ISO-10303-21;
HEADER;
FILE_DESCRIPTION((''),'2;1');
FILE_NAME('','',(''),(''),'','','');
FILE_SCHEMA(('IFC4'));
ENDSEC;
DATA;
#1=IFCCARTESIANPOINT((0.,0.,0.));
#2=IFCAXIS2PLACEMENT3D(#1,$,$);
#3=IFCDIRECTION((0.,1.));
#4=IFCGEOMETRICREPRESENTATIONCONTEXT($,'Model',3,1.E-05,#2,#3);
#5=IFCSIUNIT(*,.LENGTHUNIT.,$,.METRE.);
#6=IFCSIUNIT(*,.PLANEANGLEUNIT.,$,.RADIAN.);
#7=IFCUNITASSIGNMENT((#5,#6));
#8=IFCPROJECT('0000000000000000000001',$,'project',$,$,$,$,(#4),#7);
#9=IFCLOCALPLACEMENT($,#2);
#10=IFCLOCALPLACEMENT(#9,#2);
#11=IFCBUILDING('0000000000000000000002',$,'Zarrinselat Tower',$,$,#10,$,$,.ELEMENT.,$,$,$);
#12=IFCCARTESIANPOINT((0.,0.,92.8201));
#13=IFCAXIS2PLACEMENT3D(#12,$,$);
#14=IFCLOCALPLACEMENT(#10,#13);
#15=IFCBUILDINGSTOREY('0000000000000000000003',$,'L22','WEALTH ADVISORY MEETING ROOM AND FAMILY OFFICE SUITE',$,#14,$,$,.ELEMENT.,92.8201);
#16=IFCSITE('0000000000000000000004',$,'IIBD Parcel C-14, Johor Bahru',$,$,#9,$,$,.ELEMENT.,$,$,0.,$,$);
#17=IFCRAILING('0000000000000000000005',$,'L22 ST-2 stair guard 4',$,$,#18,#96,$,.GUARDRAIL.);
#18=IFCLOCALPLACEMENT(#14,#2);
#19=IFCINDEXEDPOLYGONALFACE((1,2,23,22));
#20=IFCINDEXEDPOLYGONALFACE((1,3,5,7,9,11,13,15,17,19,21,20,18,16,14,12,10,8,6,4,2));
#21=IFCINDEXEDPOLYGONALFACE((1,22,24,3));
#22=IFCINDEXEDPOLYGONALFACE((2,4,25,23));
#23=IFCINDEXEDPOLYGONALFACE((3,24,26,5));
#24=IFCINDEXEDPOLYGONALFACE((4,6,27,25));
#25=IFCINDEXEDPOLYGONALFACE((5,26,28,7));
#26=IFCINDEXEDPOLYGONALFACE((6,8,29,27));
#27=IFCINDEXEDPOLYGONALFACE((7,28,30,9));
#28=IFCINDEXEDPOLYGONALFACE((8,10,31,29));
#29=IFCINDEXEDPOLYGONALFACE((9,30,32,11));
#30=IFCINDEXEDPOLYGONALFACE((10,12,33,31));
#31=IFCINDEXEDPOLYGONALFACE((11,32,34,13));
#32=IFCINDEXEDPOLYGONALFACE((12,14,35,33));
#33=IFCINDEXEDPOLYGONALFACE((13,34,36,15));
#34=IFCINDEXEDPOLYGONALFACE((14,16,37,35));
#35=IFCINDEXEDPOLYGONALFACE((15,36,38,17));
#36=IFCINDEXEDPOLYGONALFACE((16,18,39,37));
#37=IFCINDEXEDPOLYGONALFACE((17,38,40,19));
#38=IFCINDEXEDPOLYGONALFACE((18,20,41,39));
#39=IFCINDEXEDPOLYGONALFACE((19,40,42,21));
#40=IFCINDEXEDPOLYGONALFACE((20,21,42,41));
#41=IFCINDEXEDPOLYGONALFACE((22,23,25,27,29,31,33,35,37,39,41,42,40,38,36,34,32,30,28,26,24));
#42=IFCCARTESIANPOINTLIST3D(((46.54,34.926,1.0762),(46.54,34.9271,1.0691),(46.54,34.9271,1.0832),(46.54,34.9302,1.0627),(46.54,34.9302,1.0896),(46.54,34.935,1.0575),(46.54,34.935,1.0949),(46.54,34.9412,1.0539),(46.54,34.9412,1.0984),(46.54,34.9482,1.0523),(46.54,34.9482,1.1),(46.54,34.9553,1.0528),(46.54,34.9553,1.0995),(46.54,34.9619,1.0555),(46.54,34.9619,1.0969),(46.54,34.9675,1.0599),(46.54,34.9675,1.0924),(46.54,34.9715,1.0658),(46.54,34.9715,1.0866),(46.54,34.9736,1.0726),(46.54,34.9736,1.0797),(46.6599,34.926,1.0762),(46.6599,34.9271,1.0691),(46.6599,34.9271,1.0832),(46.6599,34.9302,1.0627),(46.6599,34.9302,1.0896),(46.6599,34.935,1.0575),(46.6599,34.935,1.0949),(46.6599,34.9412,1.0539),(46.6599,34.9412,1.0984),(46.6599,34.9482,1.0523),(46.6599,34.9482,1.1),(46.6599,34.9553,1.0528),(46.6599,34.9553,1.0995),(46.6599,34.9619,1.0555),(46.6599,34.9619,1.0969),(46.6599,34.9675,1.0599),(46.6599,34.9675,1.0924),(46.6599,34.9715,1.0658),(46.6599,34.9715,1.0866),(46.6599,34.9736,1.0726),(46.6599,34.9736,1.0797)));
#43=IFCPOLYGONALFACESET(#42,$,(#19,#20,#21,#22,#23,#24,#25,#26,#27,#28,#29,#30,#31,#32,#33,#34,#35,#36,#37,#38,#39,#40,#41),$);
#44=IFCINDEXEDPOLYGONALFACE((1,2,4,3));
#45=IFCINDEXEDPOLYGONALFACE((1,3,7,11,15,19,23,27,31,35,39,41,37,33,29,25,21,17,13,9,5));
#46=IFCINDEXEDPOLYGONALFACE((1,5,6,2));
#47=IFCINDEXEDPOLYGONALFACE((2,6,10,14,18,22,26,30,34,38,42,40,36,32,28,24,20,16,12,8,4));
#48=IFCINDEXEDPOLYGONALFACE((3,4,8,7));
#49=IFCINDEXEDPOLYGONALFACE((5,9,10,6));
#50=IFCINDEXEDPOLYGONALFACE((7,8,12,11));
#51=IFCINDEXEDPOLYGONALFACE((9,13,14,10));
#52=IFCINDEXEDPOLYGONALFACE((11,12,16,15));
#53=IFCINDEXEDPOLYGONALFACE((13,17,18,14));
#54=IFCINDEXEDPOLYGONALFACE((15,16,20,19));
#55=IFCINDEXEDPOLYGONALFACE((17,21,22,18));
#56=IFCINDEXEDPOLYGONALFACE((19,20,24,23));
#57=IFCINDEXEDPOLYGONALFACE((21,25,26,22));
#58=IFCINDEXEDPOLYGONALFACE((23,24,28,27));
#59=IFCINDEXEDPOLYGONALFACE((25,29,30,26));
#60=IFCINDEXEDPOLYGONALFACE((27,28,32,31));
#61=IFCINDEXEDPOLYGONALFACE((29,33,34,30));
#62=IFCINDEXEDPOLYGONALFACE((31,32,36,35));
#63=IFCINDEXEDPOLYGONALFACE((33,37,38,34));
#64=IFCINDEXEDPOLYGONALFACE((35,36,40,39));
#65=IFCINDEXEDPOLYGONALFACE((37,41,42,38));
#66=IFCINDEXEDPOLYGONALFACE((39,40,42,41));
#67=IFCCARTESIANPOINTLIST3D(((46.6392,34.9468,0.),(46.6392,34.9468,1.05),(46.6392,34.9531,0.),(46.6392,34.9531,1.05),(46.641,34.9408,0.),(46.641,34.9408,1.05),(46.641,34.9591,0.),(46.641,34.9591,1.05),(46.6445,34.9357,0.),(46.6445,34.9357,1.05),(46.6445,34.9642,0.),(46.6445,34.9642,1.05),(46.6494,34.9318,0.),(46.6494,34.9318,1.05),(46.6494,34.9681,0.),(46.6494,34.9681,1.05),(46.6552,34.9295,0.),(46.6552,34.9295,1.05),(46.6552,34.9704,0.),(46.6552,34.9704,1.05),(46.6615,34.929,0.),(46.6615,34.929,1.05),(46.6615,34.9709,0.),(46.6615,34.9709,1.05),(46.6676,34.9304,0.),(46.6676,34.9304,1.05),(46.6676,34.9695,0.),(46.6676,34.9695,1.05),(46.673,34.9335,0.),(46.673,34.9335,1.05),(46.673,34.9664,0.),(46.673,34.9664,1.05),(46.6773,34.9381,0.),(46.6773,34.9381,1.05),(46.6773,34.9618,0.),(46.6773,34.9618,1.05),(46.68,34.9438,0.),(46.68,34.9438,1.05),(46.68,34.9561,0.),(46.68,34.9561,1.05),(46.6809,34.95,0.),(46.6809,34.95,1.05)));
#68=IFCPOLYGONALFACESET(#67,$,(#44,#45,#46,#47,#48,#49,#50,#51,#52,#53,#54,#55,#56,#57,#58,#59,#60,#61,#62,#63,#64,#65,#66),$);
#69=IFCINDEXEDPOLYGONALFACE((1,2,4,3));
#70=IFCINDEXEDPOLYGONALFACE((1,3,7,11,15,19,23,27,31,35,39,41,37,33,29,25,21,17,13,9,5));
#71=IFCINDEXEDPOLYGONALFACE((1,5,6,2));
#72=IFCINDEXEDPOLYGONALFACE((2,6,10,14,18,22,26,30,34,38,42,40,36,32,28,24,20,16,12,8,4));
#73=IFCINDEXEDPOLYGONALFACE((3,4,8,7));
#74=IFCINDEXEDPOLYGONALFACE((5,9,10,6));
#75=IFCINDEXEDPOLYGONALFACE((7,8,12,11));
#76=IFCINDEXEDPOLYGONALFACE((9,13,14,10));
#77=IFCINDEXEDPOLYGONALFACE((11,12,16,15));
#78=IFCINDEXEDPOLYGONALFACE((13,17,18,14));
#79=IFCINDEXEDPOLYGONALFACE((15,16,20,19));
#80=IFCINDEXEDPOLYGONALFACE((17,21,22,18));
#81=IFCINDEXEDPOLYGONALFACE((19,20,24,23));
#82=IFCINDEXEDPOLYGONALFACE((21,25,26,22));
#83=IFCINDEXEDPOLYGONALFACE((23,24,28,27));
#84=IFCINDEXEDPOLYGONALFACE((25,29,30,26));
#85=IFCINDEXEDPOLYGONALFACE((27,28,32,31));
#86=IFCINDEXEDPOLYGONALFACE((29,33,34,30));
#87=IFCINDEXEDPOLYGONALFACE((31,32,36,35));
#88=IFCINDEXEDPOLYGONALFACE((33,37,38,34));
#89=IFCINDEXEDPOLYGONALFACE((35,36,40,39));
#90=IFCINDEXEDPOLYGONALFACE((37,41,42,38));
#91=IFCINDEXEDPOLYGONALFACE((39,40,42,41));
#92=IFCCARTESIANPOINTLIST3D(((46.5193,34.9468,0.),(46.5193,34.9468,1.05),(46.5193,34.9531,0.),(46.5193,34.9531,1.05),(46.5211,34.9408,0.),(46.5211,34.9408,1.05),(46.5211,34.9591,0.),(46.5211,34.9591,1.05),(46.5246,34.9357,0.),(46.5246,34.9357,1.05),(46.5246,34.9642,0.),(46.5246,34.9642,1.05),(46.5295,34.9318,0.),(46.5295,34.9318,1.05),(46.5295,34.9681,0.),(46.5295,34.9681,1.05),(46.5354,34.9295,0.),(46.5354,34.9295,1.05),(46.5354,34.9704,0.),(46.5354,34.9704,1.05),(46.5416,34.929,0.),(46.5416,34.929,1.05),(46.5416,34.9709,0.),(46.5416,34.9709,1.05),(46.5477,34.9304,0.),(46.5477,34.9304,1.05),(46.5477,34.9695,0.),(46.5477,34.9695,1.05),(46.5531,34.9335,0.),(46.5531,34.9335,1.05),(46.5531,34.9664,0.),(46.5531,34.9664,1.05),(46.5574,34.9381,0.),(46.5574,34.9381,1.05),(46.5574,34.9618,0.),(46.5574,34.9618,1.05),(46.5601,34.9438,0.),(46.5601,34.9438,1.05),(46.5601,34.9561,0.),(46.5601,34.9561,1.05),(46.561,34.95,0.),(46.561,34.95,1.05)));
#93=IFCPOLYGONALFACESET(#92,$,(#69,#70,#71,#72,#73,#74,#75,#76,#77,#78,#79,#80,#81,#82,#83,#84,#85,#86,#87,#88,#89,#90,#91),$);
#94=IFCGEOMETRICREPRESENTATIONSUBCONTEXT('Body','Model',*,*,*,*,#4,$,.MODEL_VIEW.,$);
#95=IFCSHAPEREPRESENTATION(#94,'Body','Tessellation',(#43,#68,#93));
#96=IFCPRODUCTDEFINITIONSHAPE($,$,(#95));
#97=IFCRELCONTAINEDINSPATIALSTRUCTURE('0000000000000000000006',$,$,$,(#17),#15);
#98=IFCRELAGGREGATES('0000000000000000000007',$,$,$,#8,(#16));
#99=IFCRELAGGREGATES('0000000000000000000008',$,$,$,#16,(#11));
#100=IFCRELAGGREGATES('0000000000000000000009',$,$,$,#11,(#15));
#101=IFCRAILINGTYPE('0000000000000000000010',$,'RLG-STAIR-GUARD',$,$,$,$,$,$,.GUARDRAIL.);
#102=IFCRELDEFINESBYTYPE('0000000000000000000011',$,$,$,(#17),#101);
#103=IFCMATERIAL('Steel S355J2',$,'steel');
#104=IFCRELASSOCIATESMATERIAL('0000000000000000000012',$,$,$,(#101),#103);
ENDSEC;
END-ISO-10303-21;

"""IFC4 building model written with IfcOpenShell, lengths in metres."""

from ifc_helpers import new_model, si_unit, direction, frame, origin, origin_2d, place, context, subcontext, project, spatial, circle, extrude, material, type_object, element, save


model = new_model("IFC4")

# Units and contexts
model_context = context("Model", 3, precision=1e-05, world=origin(), true_north=direction((0.0, 1.0)))
body_context = subcontext(model_context, "Body", "Model", "MODEL_VIEW")
ifc_project = project(units=[si_unit("LENGTHUNIT", "METRE"), si_unit("PLANEANGLEUNIT", "RADIAN")], contexts=[model_context])

# Site, building, storey
site_placement = place(None, origin())
site = spatial("IfcSite", under=ifc_project, at=site_placement, Name="IIBD Parcel C-14, Johor Bahru", CompositionType="ELEMENT", RefElevation=0.0)
building_placement = place(site_placement, origin())
building = spatial("IfcBuilding", under=site, at=building_placement, Name="Zarrinselat Tower", CompositionType="ELEMENT")
storey_placement = place(building_placement, frame((0.0, 0.0, 92.8201)))
storey = spatial("IfcBuildingStorey", under=building, at=storey_placement, Name="L22", Description="WEALTH ADVISORY MEETING ROOM AND FAMILY OFFICE SUITE", CompositionType="ELEMENT", Elevation=92.8201)

# Railing
ifc_material_1 = material(Name="Steel S355J2", Category="steel")
railing_type_1 = type_object("IfcRailingType", Name="RLG-STAIR-GUARD", PredefinedType="GUARDRAIL", material=ifc_material_1)
railing_1_placement = place(storey_placement, frame((46.6599, 34.95, 0.0)))
element("IfcRailing", 1, at=railing_1_placement, inside=storey, type_object=railing_type_1, Name="L22 ST-2 stair guard 4", PredefinedType="GUARDRAIL", context=body_context, shape_type="SweptSolid", body=[
    extrude(circle(Radius=0.0239, at=origin_2d()), frame((0.0, 0.0, 1.0762), z_axis=(-1.0, 0.0, 0.0), x_axis=(0.0, -1.0, 0.0)), (0.0, 0.0, 1.0), 0.1199),
    extrude(circle(Radius=0.021, at=origin_2d()), origin(), (0.0, 0.0, 1.0), 1.05),
    extrude(circle(Radius=0.021, at=origin_2d()), frame((-0.1199, 0.0, 0.0)), (0.0, 0.0, 1.0), 1.05),
])

save(model, "model.ifc")
